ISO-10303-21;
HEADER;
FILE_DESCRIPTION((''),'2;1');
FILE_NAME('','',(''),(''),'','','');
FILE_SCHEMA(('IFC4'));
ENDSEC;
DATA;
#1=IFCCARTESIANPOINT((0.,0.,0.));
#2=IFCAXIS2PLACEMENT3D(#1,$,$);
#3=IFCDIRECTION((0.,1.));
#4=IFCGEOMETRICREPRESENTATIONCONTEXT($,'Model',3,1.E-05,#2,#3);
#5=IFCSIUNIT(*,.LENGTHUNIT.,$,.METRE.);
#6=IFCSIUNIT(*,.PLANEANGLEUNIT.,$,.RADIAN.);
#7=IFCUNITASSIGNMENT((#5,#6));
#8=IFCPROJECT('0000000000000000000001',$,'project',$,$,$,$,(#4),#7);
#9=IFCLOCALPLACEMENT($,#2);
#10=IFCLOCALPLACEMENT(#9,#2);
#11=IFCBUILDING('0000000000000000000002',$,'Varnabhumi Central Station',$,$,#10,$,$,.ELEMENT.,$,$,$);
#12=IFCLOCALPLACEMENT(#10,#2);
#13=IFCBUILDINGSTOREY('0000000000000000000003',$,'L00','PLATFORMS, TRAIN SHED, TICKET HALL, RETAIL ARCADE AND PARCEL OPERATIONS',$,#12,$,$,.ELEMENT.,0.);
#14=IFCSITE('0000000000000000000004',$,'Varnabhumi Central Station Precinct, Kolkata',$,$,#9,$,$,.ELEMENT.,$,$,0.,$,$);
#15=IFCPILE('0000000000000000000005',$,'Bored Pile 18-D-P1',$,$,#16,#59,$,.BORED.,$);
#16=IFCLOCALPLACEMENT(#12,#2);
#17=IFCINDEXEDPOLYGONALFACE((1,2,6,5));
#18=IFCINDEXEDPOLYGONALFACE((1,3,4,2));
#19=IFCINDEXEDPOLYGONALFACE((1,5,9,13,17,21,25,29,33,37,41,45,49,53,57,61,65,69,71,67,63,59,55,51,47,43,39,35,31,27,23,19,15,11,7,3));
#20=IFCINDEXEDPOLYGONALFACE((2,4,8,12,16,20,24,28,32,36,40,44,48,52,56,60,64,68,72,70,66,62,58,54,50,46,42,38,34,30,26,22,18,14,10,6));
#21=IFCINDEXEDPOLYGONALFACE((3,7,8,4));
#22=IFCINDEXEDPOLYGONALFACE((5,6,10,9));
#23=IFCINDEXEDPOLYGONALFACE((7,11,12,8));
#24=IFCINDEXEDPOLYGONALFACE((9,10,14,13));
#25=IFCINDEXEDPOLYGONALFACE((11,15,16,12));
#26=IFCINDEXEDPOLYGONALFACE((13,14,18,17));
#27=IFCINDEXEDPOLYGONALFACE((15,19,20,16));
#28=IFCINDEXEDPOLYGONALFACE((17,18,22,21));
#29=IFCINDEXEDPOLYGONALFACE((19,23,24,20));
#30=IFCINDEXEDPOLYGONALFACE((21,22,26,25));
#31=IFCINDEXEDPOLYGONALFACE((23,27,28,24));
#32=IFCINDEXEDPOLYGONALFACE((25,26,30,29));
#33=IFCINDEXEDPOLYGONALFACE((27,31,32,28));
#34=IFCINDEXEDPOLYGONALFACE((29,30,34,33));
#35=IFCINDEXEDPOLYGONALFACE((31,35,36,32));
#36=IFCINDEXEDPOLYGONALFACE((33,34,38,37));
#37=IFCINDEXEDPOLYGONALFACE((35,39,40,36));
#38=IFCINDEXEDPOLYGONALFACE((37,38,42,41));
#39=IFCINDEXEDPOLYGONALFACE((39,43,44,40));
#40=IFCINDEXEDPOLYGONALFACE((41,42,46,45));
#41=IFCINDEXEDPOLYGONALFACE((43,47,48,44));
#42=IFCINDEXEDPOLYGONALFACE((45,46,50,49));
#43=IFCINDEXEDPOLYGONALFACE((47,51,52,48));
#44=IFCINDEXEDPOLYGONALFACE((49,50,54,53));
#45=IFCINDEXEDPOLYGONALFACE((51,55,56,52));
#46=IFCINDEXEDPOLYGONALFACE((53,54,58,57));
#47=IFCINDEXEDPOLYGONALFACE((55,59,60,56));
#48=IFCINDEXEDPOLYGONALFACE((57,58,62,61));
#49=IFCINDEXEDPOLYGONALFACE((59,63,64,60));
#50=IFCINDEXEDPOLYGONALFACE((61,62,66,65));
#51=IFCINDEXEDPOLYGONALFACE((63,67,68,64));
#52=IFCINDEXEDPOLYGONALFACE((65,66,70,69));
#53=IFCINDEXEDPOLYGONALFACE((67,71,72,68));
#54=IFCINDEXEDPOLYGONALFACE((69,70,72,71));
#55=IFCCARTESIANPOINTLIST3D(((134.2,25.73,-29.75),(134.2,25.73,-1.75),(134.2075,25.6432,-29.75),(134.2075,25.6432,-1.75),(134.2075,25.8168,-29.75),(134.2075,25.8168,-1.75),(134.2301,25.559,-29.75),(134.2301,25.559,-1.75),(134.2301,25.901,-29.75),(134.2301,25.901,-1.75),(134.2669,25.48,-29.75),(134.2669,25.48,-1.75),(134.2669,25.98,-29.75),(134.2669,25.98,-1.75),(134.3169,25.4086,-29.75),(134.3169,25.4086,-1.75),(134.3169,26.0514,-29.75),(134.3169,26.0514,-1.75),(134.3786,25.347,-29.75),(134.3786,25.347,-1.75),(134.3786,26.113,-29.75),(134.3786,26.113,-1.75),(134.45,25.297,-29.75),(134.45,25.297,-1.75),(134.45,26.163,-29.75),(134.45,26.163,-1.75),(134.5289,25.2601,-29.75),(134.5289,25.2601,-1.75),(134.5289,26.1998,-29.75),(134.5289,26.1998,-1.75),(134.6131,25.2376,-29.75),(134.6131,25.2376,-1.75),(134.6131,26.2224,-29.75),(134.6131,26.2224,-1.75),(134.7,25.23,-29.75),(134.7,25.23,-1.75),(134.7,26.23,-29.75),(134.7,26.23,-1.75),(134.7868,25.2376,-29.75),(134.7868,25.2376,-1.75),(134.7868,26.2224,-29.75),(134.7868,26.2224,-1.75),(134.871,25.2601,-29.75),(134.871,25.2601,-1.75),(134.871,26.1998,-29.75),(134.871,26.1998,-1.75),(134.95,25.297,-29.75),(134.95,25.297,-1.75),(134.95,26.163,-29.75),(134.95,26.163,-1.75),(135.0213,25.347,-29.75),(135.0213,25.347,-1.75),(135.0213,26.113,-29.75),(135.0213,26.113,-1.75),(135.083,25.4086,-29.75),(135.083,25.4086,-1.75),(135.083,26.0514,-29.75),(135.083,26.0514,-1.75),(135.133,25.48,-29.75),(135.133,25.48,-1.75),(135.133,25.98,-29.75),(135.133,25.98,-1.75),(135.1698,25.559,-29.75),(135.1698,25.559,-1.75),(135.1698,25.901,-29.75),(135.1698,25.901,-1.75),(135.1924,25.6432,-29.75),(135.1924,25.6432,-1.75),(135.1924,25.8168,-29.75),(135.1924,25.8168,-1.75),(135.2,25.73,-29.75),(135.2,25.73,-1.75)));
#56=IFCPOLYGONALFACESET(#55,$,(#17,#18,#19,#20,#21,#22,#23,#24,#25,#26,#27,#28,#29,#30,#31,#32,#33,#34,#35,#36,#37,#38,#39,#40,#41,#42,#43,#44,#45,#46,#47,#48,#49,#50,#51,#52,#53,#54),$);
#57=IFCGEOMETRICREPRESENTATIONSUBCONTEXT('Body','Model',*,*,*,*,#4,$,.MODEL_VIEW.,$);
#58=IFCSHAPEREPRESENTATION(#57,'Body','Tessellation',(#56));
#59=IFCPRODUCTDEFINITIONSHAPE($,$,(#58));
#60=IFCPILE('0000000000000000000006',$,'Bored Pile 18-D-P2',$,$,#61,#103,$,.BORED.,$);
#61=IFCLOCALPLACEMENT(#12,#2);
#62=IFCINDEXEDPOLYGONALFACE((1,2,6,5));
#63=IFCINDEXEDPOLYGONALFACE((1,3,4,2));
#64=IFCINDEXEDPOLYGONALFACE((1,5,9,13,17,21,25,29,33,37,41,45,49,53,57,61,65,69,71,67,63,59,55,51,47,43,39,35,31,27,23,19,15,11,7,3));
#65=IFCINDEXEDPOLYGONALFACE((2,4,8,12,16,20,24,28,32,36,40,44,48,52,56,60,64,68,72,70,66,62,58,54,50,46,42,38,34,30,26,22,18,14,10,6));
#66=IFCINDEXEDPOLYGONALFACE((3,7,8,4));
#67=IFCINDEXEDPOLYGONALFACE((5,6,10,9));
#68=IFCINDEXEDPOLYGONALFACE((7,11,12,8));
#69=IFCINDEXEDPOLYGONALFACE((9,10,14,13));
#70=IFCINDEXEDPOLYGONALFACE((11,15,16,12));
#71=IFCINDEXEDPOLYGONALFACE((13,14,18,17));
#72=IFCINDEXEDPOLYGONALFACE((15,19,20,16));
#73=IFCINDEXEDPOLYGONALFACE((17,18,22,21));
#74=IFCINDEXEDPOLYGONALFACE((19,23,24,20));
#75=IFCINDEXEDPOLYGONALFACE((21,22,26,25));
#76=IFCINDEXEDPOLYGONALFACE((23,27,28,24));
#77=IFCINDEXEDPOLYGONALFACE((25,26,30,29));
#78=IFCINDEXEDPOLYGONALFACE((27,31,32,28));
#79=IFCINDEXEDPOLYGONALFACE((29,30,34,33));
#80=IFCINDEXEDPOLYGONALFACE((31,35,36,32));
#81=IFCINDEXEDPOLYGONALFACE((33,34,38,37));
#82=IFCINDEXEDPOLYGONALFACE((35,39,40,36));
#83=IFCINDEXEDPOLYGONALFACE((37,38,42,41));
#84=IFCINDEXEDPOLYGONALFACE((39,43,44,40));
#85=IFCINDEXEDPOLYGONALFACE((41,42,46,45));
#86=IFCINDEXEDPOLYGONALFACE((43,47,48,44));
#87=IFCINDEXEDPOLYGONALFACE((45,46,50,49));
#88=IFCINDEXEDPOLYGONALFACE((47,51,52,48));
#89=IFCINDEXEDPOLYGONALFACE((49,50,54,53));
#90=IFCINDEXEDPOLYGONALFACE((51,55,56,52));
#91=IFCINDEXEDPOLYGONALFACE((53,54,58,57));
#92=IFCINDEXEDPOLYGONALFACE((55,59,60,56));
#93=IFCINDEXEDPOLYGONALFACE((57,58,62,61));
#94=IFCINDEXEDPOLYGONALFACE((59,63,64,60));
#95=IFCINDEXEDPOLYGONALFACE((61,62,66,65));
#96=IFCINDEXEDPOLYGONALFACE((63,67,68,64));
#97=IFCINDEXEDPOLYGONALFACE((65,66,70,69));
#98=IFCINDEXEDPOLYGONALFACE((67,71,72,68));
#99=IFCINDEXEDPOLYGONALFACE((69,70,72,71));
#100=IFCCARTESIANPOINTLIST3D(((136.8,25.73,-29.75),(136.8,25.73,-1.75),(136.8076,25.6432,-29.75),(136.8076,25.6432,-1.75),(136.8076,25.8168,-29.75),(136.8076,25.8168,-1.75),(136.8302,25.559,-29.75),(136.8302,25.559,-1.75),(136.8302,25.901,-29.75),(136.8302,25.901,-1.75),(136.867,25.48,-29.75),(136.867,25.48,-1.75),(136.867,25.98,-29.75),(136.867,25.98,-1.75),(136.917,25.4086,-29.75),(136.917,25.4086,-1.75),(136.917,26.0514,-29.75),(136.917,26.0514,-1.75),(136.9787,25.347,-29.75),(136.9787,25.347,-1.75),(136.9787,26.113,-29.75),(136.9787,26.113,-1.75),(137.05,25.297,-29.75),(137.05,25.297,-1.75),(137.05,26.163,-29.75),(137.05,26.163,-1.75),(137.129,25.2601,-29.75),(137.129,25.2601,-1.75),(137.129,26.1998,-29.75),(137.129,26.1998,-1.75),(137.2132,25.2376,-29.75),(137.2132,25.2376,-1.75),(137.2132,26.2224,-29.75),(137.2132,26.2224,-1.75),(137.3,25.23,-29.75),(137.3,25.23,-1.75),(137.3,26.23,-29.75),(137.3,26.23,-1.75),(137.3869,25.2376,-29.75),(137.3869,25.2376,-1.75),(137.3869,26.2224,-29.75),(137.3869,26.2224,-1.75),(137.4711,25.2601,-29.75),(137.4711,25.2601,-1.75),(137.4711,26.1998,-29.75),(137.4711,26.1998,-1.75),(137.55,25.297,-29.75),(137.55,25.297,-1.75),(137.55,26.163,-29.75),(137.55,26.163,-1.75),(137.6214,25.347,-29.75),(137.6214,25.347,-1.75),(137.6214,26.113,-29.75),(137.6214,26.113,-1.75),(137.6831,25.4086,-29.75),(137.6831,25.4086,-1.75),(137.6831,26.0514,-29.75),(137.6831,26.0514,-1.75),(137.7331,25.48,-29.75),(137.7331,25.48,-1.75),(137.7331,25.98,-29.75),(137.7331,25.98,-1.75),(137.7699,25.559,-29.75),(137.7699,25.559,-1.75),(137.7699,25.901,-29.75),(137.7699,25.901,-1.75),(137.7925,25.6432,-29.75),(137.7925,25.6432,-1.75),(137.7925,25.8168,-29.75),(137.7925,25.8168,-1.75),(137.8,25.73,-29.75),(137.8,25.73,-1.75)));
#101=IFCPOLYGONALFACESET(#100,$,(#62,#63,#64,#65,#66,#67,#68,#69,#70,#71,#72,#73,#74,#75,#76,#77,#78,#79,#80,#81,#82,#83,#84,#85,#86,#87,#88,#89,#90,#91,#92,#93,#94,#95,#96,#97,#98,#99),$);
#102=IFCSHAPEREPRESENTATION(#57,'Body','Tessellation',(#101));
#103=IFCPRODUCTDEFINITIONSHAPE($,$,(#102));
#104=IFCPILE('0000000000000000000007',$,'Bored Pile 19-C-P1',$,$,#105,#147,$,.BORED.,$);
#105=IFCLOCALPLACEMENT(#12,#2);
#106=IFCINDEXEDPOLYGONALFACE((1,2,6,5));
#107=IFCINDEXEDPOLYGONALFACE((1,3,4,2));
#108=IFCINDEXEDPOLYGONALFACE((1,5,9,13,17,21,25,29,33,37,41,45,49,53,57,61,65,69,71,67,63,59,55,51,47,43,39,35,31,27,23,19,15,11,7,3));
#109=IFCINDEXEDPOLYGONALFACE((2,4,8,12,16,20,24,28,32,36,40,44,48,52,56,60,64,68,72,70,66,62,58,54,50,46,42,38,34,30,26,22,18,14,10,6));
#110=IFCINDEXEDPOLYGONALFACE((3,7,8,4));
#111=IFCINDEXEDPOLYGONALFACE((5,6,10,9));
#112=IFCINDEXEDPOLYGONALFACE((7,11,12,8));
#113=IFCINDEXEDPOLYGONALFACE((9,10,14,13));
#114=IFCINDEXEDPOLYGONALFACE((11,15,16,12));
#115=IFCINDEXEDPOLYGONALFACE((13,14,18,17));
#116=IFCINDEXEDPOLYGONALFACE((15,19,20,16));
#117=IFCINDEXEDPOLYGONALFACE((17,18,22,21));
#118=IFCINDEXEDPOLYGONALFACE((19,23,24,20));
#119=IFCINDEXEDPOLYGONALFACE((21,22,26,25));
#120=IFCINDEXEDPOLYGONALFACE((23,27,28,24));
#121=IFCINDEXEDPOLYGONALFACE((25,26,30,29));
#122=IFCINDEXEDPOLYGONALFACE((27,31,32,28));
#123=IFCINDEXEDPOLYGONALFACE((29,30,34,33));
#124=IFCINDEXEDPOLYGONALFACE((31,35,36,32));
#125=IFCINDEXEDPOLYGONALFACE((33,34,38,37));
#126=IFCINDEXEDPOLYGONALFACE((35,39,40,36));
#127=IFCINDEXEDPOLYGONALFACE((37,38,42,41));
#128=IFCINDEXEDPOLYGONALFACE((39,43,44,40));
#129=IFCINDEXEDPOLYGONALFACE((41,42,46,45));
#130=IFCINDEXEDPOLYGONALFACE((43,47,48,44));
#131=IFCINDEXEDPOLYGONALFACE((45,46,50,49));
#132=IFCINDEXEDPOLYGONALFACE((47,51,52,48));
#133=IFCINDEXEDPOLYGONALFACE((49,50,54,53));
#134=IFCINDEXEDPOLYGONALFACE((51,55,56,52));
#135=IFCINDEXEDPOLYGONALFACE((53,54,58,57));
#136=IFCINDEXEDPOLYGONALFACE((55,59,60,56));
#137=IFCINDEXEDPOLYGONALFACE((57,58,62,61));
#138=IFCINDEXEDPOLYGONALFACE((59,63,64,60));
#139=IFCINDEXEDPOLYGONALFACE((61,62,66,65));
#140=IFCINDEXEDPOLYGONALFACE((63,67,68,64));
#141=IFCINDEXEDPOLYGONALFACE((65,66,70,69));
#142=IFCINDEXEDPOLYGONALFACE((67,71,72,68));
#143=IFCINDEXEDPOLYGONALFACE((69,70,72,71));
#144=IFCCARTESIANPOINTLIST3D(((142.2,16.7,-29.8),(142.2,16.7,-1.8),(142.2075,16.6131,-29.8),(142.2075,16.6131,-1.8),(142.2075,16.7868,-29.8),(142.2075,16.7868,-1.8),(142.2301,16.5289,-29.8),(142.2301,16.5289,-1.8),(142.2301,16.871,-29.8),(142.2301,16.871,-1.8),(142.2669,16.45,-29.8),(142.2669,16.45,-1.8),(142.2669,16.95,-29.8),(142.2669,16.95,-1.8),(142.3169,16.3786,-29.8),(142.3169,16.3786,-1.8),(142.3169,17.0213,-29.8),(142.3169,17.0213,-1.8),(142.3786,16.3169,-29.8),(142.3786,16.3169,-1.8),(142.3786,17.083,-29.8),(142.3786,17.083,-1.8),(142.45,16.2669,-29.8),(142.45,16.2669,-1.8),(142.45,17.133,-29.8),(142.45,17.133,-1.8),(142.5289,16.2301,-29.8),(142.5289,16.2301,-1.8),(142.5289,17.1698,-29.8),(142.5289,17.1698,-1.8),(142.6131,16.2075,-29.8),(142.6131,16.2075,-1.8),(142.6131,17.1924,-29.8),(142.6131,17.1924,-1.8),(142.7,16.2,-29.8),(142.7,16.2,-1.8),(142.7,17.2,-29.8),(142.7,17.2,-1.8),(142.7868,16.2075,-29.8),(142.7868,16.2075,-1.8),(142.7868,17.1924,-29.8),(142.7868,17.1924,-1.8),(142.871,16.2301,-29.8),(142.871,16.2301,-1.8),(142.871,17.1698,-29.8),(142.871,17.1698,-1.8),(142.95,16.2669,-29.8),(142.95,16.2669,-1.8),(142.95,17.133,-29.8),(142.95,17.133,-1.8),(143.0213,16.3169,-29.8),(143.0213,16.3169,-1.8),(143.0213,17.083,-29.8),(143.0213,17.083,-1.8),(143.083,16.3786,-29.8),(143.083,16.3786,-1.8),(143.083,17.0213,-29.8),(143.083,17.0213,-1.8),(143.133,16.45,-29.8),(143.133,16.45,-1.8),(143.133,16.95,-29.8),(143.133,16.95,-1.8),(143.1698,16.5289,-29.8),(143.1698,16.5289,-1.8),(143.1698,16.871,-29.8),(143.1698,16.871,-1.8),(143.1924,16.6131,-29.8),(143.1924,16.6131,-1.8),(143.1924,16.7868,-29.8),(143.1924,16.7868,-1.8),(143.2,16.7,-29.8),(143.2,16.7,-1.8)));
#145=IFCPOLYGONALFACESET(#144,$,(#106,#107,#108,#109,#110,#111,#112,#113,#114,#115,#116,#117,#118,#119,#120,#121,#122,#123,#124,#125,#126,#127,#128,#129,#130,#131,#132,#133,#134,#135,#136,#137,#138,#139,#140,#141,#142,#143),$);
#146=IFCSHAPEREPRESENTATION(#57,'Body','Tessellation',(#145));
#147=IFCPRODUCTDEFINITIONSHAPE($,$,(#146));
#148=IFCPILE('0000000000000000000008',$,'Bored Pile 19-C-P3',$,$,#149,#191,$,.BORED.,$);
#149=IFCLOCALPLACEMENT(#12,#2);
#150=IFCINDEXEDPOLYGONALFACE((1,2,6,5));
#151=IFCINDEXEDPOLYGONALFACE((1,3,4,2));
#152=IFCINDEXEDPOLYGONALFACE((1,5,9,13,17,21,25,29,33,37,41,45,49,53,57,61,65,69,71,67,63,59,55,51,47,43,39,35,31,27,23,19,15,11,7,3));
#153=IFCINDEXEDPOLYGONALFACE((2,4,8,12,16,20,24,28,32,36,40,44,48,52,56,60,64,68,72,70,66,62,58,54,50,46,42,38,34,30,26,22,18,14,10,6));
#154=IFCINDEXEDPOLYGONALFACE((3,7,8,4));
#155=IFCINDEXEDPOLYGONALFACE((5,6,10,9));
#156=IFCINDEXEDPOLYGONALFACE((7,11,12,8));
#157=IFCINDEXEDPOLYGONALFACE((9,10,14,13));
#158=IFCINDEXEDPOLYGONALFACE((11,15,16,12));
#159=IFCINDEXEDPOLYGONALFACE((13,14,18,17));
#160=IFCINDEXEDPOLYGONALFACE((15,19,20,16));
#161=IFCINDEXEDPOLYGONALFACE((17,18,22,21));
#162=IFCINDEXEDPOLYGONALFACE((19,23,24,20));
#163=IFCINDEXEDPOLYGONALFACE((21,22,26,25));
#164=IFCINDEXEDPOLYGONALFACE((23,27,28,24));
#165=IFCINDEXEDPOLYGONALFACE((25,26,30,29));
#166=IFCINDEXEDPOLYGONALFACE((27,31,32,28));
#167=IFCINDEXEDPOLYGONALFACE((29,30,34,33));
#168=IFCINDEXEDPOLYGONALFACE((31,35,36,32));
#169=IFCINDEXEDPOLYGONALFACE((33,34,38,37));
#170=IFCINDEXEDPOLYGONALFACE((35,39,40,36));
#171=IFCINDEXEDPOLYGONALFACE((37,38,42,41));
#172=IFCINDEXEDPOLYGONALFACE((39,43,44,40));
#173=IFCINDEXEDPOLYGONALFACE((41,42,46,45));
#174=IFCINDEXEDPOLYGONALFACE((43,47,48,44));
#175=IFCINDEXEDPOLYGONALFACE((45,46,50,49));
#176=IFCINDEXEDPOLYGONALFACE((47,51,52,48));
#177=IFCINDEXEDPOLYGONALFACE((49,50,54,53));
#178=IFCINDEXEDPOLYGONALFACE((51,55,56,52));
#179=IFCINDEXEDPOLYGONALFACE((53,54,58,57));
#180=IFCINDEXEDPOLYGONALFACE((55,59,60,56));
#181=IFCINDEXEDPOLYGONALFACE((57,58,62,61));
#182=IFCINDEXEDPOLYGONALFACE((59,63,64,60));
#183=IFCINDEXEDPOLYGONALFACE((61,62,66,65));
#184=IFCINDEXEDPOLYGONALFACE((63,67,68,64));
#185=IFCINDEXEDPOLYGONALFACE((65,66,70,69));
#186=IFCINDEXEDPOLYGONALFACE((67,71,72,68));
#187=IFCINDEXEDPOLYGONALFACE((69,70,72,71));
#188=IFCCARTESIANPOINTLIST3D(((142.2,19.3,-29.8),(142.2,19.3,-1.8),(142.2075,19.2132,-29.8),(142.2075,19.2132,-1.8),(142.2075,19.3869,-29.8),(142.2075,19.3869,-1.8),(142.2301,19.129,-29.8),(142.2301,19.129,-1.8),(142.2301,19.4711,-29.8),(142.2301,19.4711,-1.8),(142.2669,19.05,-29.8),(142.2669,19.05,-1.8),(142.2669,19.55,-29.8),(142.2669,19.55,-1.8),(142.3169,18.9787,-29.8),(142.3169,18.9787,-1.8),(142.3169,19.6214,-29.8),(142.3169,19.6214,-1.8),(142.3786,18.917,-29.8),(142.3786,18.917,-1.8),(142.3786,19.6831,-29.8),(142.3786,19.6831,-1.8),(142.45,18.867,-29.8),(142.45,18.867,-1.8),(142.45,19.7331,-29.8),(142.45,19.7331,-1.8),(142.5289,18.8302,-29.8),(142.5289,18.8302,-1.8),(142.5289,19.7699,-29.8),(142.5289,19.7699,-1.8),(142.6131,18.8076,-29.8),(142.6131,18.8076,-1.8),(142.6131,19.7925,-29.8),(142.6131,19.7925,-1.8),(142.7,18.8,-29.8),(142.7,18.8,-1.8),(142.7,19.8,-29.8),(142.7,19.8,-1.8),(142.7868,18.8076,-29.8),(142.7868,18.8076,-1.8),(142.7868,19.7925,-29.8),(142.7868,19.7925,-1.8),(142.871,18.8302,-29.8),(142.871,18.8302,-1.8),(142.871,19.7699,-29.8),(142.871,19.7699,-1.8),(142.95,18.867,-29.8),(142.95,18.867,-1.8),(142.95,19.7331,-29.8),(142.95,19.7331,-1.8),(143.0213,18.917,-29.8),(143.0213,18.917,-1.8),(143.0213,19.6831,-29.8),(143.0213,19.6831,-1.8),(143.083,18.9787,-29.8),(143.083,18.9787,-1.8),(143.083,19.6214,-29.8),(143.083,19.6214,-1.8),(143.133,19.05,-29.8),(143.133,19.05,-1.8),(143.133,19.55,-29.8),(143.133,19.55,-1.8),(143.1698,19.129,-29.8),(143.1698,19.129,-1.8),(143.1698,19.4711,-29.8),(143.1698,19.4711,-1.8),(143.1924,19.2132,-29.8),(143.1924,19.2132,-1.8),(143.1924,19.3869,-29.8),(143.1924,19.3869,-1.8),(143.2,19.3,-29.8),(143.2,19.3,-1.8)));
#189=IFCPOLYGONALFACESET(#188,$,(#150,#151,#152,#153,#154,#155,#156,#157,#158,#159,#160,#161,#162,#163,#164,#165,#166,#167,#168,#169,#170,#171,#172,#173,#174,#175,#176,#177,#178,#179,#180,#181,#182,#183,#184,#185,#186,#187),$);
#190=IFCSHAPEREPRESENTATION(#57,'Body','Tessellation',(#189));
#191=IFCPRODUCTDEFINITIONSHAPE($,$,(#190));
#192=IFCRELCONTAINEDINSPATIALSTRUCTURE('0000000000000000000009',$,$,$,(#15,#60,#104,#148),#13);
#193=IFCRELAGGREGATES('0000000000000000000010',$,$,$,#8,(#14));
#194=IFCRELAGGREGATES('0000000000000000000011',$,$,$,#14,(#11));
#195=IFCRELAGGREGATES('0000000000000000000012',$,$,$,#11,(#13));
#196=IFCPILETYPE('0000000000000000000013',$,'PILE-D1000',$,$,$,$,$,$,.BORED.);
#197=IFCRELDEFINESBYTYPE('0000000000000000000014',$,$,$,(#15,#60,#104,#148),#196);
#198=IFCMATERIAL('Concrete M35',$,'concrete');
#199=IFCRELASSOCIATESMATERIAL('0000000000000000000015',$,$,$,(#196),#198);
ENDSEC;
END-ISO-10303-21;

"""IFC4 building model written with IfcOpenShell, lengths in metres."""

from ifc_helpers import new_model, si_unit, direction, frame, origin, origin_2d, place, context, subcontext, project, spatial, circle, extrude, material, material_profile, profile_set, type_object, element, save


model = new_model("IFC4")

# Units and contexts
model_context = context("Model", 3, precision=1e-05, world=origin(), true_north=direction((0.0, 1.0)))
body_context = subcontext(model_context, "Body", "Model", "MODEL_VIEW")
ifc_project = project(units=[si_unit("LENGTHUNIT", "METRE"), si_unit("PLANEANGLEUNIT", "RADIAN")], contexts=[model_context])

# Site, building, storey
site_placement = place(None, origin())
site = spatial("IfcSite", under=ifc_project, at=site_placement, Name="Varnabhumi Central Station Precinct, Kolkata", CompositionType="ELEMENT", RefElevation=0.0)
building_placement = place(site_placement, origin())
building = spatial("IfcBuilding", under=site, at=building_placement, Name="Varnabhumi Central Station", CompositionType="ELEMENT")
storey_placement = place(building_placement, origin())
storey = spatial("IfcBuildingStorey", under=building, at=storey_placement, Name="L00", Description="PLATFORMS, TRAIN SHED, TICKET HALL, RETAIL ARCADE AND PARCEL OPERATIONS", CompositionType="ELEMENT", Elevation=0.0)

# Piles
ifc_material_1 = material(Name="Concrete M35", Category="concrete")
ifc_material_profile_1 = material_profile(ifc_material_1, circle(Radius=0.5, at=origin_2d()), Name="Concrete M35", Category="concrete")
ifc_profile_set_1 = profile_set([ifc_material_profile_1], Name="Concrete M35")
pile_type_1 = type_object("IfcPileType", Name="PILE-D1000", PredefinedType="BORED", material=ifc_profile_set_1)
for number, where, z_axis, x_axis, name in (
    (1, (134.7, 25.73, -1.75), (0.0, 0.0, -1.0), (1.0, 0.0, 0.0), "Bored Pile 18-D-P1"),
    (2, (137.3, 25.73, -1.75), (0.0, 0.0, -1.0), (1.0, 0.0, 0.0), "Bored Pile 18-D-P2"),
    (3, (142.7, 16.7, -1.8), (0.0, 0.0, -1.0), (1.0, 0.0, 0.0), "Bored Pile 19-C-P1"),
    (4, (142.7, 19.3, -1.8), (0.0, 0.0, -1.0), (1.0, 0.0, 0.0), "Bored Pile 19-C-P3"),
):
    element("IfcPile", number, at=place(storey_placement, frame(where, z_axis=z_axis, x_axis=x_axis)), inside=storey, type_object=pile_type_1, Name=name, PredefinedType="BORED", context=body_context, shape_type="SweptSolid", body=[
        extrude(circle(Radius=0.5, at=origin_2d()), origin(), (0.0, 0.0, 1.0), 28.0),
    ])

save(model, "model.ifc")
